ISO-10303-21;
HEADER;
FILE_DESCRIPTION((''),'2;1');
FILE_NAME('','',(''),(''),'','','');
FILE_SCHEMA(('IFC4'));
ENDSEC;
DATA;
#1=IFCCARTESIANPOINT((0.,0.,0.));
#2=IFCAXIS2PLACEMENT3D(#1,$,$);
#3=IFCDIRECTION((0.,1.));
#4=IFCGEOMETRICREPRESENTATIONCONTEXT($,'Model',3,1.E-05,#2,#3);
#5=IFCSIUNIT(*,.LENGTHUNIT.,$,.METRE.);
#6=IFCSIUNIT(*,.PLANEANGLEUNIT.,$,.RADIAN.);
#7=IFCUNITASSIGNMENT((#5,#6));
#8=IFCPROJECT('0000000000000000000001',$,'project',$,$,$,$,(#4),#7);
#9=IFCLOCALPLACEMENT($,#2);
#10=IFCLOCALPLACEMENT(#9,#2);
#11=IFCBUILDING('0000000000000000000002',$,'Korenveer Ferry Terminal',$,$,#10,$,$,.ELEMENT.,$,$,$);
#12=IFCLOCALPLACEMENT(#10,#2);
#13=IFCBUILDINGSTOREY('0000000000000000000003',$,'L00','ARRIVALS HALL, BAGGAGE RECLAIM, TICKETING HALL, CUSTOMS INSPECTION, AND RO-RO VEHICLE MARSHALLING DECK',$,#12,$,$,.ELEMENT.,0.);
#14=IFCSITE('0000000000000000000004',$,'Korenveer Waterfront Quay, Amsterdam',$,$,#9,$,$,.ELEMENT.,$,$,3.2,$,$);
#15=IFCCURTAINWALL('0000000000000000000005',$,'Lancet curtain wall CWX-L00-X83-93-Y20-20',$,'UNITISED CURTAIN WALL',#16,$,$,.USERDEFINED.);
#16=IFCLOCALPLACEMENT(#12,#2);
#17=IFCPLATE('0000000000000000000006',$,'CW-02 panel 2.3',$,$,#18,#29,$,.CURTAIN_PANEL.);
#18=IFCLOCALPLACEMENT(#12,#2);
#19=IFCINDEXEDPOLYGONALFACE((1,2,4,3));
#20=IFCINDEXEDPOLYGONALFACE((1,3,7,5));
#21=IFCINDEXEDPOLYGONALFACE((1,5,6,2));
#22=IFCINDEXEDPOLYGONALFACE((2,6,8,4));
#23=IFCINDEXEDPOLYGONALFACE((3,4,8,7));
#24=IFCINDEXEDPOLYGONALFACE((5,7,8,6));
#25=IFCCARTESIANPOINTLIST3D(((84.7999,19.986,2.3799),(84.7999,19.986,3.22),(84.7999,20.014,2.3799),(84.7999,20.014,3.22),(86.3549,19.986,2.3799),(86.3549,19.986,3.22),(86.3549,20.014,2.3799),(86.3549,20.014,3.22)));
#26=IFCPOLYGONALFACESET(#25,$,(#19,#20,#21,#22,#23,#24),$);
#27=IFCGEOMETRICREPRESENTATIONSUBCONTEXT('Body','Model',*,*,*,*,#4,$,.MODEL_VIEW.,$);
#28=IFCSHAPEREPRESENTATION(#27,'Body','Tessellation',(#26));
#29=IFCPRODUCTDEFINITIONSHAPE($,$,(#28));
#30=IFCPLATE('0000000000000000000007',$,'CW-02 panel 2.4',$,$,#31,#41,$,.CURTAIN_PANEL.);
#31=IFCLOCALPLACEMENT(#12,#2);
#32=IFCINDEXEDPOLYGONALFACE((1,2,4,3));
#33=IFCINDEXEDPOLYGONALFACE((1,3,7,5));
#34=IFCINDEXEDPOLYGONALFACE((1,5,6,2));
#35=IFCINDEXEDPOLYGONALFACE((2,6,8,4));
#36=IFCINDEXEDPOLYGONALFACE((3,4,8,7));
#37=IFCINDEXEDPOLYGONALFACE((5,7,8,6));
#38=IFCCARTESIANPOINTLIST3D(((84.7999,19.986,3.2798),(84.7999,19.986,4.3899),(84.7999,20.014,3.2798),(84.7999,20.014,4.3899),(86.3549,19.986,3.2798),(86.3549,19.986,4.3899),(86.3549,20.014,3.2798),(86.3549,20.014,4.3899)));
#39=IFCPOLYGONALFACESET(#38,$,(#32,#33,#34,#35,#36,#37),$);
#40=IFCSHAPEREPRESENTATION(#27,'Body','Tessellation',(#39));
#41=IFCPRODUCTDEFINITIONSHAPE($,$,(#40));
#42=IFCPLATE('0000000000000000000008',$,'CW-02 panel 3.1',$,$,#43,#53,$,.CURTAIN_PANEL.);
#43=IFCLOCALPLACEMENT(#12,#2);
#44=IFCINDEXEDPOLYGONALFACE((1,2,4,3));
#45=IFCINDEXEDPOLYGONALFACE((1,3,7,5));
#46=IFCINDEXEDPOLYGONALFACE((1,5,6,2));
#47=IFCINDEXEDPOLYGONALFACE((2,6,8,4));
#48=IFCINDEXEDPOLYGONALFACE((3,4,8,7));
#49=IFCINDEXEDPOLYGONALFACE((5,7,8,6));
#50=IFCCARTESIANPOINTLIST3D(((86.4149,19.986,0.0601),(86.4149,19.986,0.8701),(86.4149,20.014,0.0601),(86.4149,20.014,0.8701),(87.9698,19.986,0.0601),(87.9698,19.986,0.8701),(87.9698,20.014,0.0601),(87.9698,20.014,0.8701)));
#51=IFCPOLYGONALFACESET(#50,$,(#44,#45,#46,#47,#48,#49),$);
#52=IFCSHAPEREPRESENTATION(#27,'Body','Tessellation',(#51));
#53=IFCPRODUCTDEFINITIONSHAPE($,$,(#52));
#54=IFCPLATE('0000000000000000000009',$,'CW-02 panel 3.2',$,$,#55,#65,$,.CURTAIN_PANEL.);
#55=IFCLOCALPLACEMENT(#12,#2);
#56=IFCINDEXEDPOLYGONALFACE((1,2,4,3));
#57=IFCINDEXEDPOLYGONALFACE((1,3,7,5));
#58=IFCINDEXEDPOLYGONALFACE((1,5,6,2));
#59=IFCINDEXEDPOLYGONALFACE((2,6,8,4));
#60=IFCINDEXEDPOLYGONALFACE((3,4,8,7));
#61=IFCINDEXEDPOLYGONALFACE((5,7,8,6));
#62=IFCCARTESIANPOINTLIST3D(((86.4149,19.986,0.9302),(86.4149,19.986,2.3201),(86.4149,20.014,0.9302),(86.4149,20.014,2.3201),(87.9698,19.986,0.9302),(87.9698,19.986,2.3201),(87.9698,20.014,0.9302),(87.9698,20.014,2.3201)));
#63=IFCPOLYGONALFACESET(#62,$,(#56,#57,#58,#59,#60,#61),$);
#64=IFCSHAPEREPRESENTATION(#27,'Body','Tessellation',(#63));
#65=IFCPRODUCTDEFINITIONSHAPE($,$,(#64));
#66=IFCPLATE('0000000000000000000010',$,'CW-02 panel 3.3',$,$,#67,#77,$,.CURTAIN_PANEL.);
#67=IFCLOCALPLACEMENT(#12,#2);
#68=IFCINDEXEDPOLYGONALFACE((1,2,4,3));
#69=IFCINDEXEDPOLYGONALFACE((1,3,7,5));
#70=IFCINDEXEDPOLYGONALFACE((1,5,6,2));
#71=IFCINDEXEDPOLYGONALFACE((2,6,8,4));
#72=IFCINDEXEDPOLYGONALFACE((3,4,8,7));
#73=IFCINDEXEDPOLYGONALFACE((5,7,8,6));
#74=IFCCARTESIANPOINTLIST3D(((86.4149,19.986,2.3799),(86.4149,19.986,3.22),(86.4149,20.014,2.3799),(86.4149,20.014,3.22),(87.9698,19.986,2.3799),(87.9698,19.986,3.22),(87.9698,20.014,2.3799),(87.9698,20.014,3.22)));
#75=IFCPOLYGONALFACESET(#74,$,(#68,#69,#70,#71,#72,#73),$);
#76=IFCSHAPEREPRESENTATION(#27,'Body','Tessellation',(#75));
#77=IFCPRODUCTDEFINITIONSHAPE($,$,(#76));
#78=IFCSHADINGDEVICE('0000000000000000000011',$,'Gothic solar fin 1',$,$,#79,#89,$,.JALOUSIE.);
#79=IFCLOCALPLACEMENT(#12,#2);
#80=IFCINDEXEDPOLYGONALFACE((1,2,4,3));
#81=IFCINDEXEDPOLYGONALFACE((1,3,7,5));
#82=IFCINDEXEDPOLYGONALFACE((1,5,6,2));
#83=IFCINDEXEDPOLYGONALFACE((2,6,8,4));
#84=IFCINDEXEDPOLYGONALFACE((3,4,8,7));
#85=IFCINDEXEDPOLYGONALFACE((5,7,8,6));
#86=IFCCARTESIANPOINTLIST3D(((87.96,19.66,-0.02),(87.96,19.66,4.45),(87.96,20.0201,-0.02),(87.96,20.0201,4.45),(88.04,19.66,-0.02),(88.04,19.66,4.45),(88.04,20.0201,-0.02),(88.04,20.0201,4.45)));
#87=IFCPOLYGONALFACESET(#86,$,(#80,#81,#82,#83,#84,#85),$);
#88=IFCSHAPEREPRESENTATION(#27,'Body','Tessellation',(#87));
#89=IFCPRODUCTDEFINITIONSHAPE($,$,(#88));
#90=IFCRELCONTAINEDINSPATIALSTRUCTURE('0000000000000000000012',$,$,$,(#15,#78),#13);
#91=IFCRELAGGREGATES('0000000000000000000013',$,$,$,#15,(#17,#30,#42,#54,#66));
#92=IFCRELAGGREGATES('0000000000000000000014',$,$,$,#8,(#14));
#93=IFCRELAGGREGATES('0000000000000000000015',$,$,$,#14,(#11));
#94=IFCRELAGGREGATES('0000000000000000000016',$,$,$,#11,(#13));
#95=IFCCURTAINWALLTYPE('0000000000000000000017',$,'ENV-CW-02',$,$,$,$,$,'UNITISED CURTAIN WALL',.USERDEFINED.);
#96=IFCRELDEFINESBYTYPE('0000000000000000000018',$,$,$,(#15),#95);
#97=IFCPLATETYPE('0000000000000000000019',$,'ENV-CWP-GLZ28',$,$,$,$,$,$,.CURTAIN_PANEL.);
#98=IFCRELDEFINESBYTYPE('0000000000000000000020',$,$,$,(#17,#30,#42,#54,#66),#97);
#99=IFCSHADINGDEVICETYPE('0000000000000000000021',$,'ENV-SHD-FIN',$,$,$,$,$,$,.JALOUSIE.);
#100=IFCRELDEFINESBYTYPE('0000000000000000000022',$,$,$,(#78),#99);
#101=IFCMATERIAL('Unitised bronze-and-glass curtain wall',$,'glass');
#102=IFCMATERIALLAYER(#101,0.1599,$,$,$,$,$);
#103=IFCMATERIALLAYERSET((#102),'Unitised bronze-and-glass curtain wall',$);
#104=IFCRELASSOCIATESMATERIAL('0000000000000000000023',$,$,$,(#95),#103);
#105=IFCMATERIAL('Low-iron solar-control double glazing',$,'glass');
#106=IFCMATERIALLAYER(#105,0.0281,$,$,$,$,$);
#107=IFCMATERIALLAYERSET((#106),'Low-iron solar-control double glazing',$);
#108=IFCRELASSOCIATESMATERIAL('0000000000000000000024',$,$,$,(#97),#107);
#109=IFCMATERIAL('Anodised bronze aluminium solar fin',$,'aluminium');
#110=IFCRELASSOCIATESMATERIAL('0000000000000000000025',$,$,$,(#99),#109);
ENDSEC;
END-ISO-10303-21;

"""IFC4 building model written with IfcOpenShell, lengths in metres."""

from ifc_helpers import new_model, si_unit, direction, frame, origin, origin_2d, place, context, subcontext, project, spatial, rectangle, extrude, material, layer, layer_set, type_object, element, aggregate, save


model = new_model("IFC4")

# Units and contexts
model_context = context("Model", 3, precision=1e-05, world=origin(), true_north=direction((0.0, 1.0)))
body_context = subcontext(model_context, "Body", "Model", "MODEL_VIEW")
ifc_project = project(units=[si_unit("LENGTHUNIT", "METRE"), si_unit("PLANEANGLEUNIT", "RADIAN")], contexts=[model_context])

# Site, building, storey
site_placement = place(None, origin())
site = spatial("IfcSite", under=ifc_project, at=site_placement, Name="Korenveer Waterfront Quay, Amsterdam", CompositionType="ELEMENT", RefElevation=3.2)
building_placement = place(site_placement, origin())
building = spatial("IfcBuilding", under=site, at=building_placement, Name="Korenveer Ferry Terminal", CompositionType="ELEMENT")
storey_placement = place(building_placement, origin())
storey = spatial("IfcBuildingStorey", under=building, at=storey_placement, Name="L00", Description="ARRIVALS HALL, BAGGAGE RECLAIM, TICKETING HALL, CUSTOMS INSPECTION, AND RO-RO VEHICLE MARSHALLING DECK", CompositionType="ELEMENT", Elevation=0.0)

# Curtain wall, plates
ifc_material_1 = material(Name="Unitised bronze-and-glass curtain wall", Category="glass")
ifc_layer_1 = layer(ifc_material_1, 0.1599)
ifc_layer_set_1 = layer_set([ifc_layer_1], Name="Unitised bronze-and-glass curtain wall")
curtain_wall_type = type_object("IfcCurtainWallType", Name="ENV-CW-02", ElementType="UNITISED CURTAIN WALL", PredefinedType="USERDEFINED", material=ifc_layer_set_1)
curtain_wall_placement = place(storey_placement, frame((83.155, 20.0, 0.0)))
curtain_wall = element("IfcCurtainWall", 1, at=curtain_wall_placement, inside=storey, type_object=curtain_wall_type, Name="Lancet curtain wall CWX-L00-X83-93-Y20-20", ObjectType="UNITISED CURTAIN WALL", PredefinedType="USERDEFINED")
ifc_material_2 = material(Name="Low-iron solar-control double glazing", Category="glass")
ifc_layer_2 = layer(ifc_material_2, 0.0281)
ifc_layer_set_2 = layer_set([ifc_layer_2], Name="Low-iron solar-control double glazing")
plate_type = type_object("IfcPlateType", Name="ENV-CWP-GLZ28", PredefinedType="CURTAIN_PANEL", material=ifc_layer_set_2)
plate_1_placement = place(storey_placement, frame((85.5774, 20.0, 2.3799), z_axis=(0.0, 0.0, 1.0), x_axis=(1.0, 0.0, 0.0)))
plate_1 = element("IfcPlate", 2, at=plate_1_placement, type_object=plate_type, Name="CW-02 panel 2.3", PredefinedType="CURTAIN_PANEL", context=body_context, shape_type="SweptSolid", body=[
    extrude(rectangle(XDim=1.5549, YDim=0.0281, at=origin_2d()), origin(), (0.0, 0.0, 1.0), 0.8401),
])
plate_2_placement = place(storey_placement, frame((85.5774, 20.0, 3.2798), z_axis=(0.0, 0.0, 1.0), x_axis=(1.0, 0.0, 0.0)))
plate_2 = element("IfcPlate", 3, at=plate_2_placement, type_object=plate_type, Name="CW-02 panel 2.4", PredefinedType="CURTAIN_PANEL", context=body_context, shape_type="SweptSolid", body=[
    extrude(rectangle(XDim=1.5549, YDim=0.0281, at=origin_2d()), origin(), (0.0, 0.0, 1.0), 1.1101),
])
plate_3_placement = place(storey_placement, frame((87.1924, 20.0, 0.0601), z_axis=(0.0, 0.0, 1.0), x_axis=(1.0, 0.0, 0.0)))
plate_3 = element("IfcPlate", 4, at=plate_3_placement, type_object=plate_type, Name="CW-02 panel 3.1", PredefinedType="CURTAIN_PANEL", context=body_context, shape_type="SweptSolid", body=[
    extrude(rectangle(XDim=1.5549, YDim=0.0281, at=origin_2d()), origin(), (0.0, 0.0, 1.0), 0.8101),
])
plate_4_placement = place(storey_placement, frame((87.1924, 20.0, 0.9302), z_axis=(0.0, 0.0, 1.0), x_axis=(1.0, 0.0, 0.0)))
plate_4 = element("IfcPlate", 5, at=plate_4_placement, type_object=plate_type, Name="CW-02 panel 3.2", PredefinedType="CURTAIN_PANEL", context=body_context, shape_type="SweptSolid", body=[
    extrude(rectangle(XDim=1.5549, YDim=0.0281, at=origin_2d()), origin(), (0.0, 0.0, 1.0), 1.3899),
])
plate_5_placement = place(storey_placement, frame((87.1924, 20.0, 2.3799), z_axis=(0.0, 0.0, 1.0), x_axis=(1.0, 0.0, 0.0)))
plate_5 = element("IfcPlate", 6, at=plate_5_placement, type_object=plate_type, Name="CW-02 panel 3.3", PredefinedType="CURTAIN_PANEL", context=body_context, shape_type="SweptSolid", body=[
    extrude(rectangle(XDim=1.5549, YDim=0.0281, at=origin_2d()), origin(), (0.0, 0.0, 1.0), 0.8401),
])
aggregate(curtain_wall, [plate_1, plate_2, plate_3, plate_4, plate_5])

# Shading device
ifc_material_3 = material(Name="Anodised bronze aluminium solar fin", Category="aluminium")
shading_device_type = type_object("IfcShadingDeviceType", Name="ENV-SHD-FIN", PredefinedType="JALOUSIE", material=ifc_material_3)
shading_device_placement = place(storey_placement, frame((88.0, 19.8401, -0.02), z_axis=(0.0, 0.0, 1.0), x_axis=(0.0, 1.0, 0.0)))
element("IfcShadingDevice", 7, at=shading_device_placement, inside=storey, type_object=shading_device_type, Name="Gothic solar fin 1", PredefinedType="JALOUSIE", context=body_context, shape_type="SweptSolid", body=[
    extrude(rectangle(XDim=0.3601, YDim=0.0801, at=origin_2d()), origin(), (0.0, 0.0, 1.0), 4.47),
])

save(model, "model.ifc")
